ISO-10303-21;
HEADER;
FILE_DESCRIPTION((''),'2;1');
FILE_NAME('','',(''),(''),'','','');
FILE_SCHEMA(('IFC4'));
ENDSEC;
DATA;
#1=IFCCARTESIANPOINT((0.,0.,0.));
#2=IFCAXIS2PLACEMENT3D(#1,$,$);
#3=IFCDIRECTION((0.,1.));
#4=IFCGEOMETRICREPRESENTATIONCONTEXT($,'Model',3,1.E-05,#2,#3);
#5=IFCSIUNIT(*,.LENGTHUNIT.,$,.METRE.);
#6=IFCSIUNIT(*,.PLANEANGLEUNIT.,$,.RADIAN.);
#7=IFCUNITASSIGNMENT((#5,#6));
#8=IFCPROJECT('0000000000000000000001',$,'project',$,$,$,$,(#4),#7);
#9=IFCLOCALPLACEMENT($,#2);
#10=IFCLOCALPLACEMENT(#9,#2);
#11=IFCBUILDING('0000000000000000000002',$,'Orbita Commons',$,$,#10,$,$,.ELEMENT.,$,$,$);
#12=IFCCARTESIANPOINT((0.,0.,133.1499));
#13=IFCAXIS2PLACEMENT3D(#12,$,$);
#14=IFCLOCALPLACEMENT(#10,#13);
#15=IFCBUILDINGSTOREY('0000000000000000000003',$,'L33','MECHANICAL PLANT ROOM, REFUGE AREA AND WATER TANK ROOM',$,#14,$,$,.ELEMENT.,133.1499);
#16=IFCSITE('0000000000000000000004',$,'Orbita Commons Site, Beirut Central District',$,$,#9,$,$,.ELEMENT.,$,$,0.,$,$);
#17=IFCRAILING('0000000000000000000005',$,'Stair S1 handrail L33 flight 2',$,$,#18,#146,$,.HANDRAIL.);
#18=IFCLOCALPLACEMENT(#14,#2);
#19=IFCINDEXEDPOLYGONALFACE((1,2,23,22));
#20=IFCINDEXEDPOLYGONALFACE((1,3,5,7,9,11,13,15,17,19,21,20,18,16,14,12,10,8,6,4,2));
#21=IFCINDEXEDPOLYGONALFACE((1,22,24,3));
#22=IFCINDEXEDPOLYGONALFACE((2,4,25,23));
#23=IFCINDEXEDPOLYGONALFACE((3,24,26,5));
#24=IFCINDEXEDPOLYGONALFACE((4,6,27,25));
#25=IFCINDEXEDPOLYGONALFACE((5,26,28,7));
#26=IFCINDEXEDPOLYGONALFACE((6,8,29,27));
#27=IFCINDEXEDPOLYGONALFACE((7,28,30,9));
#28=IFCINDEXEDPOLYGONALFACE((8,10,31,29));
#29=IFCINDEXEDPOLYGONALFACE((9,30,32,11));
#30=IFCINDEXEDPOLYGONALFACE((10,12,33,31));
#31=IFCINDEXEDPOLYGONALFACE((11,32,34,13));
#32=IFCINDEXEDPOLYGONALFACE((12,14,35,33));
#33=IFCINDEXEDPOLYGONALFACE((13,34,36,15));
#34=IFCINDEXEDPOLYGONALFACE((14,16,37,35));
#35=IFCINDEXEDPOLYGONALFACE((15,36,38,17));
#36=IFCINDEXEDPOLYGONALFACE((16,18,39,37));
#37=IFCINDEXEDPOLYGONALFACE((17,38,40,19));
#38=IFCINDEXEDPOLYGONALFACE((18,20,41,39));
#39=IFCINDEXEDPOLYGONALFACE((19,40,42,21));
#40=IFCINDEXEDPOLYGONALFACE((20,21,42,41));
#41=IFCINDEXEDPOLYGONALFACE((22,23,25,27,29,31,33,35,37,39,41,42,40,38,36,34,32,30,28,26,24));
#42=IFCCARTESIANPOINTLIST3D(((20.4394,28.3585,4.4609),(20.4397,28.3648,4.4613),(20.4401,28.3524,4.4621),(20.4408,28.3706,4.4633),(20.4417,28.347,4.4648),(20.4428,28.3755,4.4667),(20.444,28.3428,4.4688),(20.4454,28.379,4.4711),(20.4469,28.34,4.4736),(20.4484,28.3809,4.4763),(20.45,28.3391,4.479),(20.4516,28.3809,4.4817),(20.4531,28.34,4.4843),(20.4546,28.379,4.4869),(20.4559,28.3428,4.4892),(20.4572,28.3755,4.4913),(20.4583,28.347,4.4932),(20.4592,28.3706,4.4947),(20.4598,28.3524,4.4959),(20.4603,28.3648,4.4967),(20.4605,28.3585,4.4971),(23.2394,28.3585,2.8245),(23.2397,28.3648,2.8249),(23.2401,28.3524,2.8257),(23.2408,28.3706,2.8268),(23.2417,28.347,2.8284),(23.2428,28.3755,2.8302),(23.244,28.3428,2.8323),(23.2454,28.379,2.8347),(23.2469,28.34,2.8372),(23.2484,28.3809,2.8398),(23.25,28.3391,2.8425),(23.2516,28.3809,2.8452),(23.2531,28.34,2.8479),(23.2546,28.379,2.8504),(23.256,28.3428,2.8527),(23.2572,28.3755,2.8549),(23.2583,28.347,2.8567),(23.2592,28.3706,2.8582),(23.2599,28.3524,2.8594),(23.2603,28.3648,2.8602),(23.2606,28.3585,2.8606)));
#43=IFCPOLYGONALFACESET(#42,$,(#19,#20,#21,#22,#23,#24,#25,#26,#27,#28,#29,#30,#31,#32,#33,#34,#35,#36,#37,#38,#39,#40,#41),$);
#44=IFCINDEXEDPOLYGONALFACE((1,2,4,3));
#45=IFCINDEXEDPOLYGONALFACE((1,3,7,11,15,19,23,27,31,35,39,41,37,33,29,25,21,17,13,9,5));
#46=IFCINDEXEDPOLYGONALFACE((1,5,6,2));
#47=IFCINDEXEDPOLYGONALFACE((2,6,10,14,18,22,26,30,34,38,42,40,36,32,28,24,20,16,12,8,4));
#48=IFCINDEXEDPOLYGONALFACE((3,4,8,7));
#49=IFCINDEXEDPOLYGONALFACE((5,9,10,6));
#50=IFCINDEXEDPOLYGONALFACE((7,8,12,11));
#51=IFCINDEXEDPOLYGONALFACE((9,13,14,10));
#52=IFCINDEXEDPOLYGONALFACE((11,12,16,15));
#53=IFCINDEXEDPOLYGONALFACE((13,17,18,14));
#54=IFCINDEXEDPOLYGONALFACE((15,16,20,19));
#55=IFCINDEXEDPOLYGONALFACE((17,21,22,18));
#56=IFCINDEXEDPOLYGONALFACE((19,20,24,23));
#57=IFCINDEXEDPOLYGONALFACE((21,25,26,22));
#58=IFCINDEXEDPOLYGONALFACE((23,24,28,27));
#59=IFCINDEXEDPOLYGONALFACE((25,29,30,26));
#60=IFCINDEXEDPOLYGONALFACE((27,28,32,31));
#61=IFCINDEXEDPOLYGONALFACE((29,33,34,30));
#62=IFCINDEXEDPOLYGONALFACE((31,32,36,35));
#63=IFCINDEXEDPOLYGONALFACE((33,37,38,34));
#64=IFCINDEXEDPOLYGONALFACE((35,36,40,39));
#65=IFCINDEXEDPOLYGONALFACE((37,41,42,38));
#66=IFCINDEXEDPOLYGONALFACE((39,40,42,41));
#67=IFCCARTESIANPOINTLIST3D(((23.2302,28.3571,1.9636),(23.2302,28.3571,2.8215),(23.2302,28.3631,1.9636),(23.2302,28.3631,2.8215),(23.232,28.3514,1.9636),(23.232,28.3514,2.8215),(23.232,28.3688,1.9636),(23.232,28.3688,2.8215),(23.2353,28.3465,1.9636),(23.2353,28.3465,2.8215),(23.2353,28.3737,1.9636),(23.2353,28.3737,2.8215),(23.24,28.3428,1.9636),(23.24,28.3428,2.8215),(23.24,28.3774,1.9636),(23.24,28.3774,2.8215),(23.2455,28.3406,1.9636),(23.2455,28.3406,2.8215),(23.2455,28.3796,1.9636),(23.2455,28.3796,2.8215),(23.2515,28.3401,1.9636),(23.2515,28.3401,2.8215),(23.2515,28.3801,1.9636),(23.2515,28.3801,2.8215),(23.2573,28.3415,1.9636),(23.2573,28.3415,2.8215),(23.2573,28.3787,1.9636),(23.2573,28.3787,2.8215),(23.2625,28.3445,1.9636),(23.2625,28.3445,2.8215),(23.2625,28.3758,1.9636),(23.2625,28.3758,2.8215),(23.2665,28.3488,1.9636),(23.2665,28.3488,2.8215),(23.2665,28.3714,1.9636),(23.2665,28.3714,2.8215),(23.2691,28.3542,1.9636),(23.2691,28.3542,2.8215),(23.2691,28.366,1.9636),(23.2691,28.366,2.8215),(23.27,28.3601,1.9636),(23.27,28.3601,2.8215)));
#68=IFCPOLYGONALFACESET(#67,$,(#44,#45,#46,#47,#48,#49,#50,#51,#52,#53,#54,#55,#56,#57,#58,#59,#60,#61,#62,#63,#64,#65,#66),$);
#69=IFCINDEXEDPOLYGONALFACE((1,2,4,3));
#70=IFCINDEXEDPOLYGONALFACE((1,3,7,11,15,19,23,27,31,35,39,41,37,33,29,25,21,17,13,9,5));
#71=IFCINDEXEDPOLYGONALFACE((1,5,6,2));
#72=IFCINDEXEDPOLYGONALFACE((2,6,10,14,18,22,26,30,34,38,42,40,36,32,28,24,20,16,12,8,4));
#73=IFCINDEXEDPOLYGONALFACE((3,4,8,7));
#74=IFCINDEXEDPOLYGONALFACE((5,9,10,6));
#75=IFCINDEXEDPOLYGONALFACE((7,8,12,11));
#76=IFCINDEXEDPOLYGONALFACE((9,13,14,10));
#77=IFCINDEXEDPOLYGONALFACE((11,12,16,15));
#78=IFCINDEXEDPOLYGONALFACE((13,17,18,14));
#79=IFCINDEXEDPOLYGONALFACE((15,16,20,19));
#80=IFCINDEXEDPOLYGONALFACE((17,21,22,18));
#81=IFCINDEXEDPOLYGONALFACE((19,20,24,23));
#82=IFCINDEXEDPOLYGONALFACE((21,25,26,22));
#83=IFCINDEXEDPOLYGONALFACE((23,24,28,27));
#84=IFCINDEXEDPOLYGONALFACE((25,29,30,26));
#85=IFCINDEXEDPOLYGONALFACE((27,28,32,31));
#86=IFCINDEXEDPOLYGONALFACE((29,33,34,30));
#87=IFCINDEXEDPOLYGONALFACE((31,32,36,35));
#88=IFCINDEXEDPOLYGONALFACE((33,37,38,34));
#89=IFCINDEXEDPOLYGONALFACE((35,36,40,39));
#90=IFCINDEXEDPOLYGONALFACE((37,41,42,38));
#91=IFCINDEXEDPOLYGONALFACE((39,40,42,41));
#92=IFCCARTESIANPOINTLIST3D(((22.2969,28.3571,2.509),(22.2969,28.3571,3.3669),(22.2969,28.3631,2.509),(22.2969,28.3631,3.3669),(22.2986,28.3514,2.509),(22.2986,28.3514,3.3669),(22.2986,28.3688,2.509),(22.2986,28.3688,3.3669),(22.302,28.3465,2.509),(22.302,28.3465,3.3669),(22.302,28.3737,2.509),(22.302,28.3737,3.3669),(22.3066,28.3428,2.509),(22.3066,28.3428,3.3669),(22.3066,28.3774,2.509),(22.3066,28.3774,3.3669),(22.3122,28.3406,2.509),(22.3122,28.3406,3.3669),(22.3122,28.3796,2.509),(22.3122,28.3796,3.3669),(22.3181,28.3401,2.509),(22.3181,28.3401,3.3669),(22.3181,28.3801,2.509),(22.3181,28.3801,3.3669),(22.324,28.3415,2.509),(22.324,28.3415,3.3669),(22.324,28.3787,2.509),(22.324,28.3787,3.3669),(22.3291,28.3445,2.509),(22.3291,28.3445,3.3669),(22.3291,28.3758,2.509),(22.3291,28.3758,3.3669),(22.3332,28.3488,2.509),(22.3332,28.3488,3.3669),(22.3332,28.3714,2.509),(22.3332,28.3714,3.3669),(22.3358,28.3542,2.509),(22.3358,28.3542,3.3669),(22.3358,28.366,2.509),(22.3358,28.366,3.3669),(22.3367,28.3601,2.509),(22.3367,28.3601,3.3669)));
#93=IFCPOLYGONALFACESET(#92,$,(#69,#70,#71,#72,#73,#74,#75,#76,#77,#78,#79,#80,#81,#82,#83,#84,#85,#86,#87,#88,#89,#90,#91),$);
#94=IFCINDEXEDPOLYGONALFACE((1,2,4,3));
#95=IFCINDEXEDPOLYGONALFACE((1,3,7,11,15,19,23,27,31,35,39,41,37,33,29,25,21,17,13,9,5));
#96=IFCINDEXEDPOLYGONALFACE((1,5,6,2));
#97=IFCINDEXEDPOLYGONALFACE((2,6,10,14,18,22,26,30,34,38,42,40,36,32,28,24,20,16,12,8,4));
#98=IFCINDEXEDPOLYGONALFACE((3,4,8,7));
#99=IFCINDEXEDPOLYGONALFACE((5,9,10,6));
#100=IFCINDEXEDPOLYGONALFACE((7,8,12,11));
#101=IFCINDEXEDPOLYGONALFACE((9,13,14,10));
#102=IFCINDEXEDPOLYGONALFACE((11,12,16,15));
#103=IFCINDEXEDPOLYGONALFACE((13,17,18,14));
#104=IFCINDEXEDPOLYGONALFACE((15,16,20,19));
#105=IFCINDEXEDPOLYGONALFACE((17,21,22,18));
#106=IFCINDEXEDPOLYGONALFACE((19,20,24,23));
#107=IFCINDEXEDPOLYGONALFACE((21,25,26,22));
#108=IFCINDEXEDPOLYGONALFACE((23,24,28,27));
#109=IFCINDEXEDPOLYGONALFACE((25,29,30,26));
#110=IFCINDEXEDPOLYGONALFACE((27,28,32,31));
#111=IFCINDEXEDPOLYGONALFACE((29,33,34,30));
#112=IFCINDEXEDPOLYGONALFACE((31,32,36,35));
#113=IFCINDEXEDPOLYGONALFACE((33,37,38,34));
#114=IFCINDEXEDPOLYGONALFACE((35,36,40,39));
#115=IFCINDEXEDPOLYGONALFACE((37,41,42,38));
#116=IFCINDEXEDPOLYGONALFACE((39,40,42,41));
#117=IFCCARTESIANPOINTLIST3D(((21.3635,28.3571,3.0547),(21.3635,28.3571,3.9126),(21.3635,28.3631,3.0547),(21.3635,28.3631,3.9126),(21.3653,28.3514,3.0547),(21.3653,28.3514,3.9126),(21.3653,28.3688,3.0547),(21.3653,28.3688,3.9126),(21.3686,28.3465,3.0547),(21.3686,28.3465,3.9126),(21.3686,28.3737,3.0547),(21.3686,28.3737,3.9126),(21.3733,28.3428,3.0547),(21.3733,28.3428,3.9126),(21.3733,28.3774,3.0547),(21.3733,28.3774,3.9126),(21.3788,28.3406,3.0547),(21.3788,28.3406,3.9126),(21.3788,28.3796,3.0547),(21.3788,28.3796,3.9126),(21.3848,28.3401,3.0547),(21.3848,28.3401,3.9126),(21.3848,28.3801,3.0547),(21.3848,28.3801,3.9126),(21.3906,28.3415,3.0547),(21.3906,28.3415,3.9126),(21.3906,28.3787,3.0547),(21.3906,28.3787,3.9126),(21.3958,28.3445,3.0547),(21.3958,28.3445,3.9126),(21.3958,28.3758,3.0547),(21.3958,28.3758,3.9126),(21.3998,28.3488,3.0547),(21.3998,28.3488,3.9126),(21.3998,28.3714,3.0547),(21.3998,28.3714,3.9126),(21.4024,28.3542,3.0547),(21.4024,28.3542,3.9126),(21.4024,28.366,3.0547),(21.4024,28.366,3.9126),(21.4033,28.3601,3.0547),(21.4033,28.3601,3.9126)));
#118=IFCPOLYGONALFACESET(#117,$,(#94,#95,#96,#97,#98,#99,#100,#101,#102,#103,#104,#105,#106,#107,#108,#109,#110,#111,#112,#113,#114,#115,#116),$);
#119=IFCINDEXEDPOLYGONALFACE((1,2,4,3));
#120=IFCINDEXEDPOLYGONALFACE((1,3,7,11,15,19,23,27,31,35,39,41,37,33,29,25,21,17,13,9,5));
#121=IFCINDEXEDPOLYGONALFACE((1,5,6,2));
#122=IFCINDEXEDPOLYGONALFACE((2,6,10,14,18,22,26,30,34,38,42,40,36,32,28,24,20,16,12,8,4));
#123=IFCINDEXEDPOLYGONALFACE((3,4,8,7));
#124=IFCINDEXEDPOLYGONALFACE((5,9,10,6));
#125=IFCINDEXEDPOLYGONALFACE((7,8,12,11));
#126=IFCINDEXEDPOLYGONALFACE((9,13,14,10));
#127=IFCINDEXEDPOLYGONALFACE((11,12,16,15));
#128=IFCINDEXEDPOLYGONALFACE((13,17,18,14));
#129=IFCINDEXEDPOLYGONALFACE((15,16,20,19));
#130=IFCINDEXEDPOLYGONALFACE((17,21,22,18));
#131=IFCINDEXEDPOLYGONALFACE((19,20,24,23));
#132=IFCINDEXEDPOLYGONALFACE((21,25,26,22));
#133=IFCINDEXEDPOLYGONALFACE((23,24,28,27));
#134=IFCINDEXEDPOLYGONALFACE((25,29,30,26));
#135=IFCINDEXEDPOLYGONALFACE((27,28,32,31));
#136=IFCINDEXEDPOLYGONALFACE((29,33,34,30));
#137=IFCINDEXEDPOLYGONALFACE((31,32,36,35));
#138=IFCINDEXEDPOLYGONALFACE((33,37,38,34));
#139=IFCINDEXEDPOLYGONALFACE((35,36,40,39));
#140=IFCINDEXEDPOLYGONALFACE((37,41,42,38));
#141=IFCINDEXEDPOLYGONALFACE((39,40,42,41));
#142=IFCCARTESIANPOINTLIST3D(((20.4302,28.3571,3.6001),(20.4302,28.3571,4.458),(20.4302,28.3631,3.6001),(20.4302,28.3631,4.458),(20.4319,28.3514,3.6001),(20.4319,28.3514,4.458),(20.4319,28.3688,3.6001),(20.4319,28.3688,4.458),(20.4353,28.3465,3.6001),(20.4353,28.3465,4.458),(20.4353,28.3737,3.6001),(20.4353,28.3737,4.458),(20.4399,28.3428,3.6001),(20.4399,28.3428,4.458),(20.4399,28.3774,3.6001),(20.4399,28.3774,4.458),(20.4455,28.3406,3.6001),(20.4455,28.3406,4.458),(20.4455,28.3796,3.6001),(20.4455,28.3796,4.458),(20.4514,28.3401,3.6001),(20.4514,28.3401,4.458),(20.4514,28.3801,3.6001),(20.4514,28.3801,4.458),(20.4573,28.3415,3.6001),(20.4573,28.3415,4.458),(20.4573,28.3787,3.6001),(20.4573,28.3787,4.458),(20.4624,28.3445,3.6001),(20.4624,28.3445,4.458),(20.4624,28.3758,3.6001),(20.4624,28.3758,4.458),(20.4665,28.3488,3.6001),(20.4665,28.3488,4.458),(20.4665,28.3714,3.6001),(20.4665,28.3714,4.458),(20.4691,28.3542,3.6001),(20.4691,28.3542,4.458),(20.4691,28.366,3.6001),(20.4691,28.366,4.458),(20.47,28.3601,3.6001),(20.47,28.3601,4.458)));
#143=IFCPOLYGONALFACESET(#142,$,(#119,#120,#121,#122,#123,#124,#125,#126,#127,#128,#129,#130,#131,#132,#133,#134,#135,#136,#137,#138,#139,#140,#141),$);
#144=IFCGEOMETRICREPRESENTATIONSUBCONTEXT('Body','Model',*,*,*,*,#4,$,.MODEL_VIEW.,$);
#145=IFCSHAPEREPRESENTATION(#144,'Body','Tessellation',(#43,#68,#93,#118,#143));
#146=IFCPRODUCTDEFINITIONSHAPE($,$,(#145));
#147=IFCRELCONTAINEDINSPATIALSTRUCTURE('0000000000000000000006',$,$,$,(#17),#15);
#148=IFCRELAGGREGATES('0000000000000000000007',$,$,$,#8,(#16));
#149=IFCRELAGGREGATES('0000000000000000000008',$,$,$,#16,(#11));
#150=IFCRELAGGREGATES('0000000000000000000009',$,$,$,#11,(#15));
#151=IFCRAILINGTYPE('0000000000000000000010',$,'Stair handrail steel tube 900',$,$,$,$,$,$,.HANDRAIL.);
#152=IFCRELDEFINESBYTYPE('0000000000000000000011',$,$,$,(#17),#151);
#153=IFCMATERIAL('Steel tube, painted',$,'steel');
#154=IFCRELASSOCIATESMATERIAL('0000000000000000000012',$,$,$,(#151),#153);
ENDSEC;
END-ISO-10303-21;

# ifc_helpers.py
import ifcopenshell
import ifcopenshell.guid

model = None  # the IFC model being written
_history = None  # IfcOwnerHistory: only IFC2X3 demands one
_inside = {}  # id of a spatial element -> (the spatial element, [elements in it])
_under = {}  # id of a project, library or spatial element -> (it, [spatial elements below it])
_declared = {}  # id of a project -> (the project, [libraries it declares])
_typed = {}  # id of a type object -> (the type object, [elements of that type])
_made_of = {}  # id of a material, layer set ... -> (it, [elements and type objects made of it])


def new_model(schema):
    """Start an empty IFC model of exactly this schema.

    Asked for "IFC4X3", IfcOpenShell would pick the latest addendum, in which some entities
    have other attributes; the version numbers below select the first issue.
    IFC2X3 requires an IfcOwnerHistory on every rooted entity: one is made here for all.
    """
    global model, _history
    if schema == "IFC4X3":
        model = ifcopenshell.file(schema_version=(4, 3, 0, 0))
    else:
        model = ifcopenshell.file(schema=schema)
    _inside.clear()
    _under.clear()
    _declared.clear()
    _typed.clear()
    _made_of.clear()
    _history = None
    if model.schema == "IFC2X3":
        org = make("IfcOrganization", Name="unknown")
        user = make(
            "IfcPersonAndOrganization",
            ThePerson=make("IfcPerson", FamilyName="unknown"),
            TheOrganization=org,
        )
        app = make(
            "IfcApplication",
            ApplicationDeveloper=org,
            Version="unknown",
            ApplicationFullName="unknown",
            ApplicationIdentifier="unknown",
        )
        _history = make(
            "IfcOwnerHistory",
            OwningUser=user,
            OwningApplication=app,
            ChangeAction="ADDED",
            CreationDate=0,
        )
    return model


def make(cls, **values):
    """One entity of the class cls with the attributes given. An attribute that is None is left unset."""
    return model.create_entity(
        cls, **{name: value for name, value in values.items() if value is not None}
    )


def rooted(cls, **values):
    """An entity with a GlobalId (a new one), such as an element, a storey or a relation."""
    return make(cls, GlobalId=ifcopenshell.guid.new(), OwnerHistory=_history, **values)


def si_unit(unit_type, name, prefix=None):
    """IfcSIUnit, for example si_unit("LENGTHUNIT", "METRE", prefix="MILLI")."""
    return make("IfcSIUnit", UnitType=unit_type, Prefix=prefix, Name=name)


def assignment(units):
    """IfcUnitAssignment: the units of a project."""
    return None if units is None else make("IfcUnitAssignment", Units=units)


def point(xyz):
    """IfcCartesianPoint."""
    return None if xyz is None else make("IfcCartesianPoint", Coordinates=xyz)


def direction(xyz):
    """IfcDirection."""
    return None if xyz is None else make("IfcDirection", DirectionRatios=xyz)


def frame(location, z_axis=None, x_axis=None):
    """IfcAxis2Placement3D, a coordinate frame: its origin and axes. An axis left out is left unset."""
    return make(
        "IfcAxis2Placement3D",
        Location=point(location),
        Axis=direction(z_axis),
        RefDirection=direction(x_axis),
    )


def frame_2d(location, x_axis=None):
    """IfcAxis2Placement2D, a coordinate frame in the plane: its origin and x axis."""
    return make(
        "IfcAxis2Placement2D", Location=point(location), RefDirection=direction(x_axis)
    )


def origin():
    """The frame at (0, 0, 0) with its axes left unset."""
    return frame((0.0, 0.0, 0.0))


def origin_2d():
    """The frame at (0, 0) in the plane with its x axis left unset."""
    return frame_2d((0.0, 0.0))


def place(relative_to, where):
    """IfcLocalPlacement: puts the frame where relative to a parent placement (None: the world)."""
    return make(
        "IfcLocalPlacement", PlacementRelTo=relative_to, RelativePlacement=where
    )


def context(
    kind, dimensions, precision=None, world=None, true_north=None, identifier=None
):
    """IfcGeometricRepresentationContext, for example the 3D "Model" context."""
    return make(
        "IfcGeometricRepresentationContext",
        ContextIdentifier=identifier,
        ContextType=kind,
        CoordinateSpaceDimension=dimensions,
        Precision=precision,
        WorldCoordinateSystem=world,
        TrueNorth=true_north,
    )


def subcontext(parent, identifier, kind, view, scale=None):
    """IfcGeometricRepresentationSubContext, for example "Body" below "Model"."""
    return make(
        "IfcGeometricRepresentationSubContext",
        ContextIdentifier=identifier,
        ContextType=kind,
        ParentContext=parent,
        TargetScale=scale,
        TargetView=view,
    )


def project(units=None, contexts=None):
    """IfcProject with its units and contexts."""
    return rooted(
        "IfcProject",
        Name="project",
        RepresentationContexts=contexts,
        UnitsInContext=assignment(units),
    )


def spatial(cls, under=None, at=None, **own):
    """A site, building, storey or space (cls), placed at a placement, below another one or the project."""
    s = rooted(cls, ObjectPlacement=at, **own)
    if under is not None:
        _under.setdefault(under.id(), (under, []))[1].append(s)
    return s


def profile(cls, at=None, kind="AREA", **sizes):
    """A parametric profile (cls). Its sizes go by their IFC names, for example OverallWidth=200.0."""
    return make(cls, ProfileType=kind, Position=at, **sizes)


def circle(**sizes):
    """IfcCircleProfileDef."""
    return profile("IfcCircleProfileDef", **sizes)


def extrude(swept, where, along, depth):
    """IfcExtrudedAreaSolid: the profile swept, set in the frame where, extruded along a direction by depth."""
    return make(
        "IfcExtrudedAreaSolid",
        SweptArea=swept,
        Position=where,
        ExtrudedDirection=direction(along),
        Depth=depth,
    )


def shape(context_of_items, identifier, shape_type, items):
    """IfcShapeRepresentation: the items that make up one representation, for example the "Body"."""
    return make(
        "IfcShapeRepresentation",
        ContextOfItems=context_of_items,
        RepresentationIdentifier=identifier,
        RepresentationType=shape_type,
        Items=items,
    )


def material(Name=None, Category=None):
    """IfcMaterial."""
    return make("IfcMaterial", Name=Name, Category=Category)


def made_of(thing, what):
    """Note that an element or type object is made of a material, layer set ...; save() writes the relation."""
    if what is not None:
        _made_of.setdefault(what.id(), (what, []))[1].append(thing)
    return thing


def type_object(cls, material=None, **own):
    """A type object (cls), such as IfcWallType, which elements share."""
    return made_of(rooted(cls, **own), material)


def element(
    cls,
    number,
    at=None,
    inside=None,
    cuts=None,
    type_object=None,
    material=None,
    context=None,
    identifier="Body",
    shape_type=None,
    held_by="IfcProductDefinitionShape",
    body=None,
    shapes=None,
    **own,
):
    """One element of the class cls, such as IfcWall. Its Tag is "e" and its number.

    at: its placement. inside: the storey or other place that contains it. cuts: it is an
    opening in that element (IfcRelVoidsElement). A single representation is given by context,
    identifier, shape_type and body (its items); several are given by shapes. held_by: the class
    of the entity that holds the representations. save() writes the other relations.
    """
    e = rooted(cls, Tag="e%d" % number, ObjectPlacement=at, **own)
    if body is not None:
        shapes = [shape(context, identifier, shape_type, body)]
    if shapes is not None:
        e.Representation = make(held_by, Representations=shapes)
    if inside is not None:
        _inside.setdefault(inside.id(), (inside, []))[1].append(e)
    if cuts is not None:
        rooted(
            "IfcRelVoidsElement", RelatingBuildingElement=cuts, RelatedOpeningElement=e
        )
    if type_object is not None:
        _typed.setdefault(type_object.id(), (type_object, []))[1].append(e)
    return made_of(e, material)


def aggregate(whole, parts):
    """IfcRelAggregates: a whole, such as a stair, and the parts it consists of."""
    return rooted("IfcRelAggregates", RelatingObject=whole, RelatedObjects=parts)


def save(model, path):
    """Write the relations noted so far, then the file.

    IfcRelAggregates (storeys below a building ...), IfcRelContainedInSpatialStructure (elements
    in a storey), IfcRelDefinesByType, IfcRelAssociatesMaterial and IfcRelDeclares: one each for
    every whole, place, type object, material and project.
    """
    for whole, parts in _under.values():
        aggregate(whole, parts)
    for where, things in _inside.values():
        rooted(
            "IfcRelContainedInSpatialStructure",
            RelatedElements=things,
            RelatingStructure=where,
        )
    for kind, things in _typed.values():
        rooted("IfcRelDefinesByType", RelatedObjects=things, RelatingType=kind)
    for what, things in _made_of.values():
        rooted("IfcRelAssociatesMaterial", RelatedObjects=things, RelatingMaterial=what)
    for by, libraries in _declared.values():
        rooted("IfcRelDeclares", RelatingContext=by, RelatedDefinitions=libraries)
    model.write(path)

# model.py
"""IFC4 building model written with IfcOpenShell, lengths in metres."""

from ifc_helpers import new_model, si_unit, direction, frame, origin, origin_2d, place, context, subcontext, project, spatial, circle, extrude, material, type_object, element, save


model = new_model("IFC4")

# Units and contexts
model_context = context("Model", 3, precision=1e-05, world=origin(), true_north=direction((0.0, 1.0)))
body_context = subcontext(model_context, "Body", "Model", "MODEL_VIEW")
ifc_project = project(units=[si_unit("LENGTHUNIT", "METRE"), si_unit("PLANEANGLEUNIT", "RADIAN")], contexts=[model_context])

# Site, building, storey
site_placement = place(None, origin())
site = spatial("IfcSite", under=ifc_project, at=site_placement, Name="Orbita Commons Site, Beirut Central District", CompositionType="ELEMENT", RefElevation=0.0)
building_placement = place(site_placement, origin())
building = spatial("IfcBuilding", under=site, at=building_placement, Name="Orbita Commons", CompositionType="ELEMENT")
storey_placement = place(building_placement, frame((0.0, 0.0, 133.1499)))
storey = spatial("IfcBuildingStorey", under=building, at=storey_placement, Name="L33", Description="MECHANICAL PLANT ROOM, REFUGE AREA AND WATER TANK ROOM", CompositionType="ELEMENT", Elevation=133.1499)

# Railing
ifc_material_1 = material(Name="Steel tube, painted", Category="steel")
railing_type = type_object("IfcRailingType", Name="Stair handrail steel tube 900", PredefinedType="HANDRAIL", material=ifc_material_1)
railing_1_placement = place(storey_placement, frame((23.25, 28.3601, 1.9636)))
element("IfcRailing", 1, at=railing_1_placement, inside=storey, type_object=railing_type, Name="Stair S1 handrail L33 flight 2", PredefinedType="HANDRAIL", context=body_context, shape_type="SweptSolid", body=[
    extrude(circle(Radius=0.021, at=origin_2d()), frame((0.0, 0.0, 0.8789), z_axis=(-0.863361, 0.0, 0.504587), x_axis=(0.0, -1.0, 0.0)), (0.0, 0.0, 1.0), 3.2432),
    extrude(circle(Radius=0.02, at=origin_2d()), origin(), (0.0, 0.0, 1.0), 0.8579),
    extrude(circle(Radius=0.02, at=origin_2d()), frame((-0.9333, 0.0, 0.5454)), (0.0, 0.0, 1.0), 0.8579),
    extrude(circle(Radius=0.02, at=origin_2d()), frame((-1.8667, 0.0, 1.0911)), (0.0, 0.0, 1.0), 0.8579),
    extrude(circle(Radius=0.02, at=origin_2d()), frame((-2.8, 0.0, 1.6365)), (0.0, 0.0, 1.0), 0.8579),
])

save(model, "model.ifc")
